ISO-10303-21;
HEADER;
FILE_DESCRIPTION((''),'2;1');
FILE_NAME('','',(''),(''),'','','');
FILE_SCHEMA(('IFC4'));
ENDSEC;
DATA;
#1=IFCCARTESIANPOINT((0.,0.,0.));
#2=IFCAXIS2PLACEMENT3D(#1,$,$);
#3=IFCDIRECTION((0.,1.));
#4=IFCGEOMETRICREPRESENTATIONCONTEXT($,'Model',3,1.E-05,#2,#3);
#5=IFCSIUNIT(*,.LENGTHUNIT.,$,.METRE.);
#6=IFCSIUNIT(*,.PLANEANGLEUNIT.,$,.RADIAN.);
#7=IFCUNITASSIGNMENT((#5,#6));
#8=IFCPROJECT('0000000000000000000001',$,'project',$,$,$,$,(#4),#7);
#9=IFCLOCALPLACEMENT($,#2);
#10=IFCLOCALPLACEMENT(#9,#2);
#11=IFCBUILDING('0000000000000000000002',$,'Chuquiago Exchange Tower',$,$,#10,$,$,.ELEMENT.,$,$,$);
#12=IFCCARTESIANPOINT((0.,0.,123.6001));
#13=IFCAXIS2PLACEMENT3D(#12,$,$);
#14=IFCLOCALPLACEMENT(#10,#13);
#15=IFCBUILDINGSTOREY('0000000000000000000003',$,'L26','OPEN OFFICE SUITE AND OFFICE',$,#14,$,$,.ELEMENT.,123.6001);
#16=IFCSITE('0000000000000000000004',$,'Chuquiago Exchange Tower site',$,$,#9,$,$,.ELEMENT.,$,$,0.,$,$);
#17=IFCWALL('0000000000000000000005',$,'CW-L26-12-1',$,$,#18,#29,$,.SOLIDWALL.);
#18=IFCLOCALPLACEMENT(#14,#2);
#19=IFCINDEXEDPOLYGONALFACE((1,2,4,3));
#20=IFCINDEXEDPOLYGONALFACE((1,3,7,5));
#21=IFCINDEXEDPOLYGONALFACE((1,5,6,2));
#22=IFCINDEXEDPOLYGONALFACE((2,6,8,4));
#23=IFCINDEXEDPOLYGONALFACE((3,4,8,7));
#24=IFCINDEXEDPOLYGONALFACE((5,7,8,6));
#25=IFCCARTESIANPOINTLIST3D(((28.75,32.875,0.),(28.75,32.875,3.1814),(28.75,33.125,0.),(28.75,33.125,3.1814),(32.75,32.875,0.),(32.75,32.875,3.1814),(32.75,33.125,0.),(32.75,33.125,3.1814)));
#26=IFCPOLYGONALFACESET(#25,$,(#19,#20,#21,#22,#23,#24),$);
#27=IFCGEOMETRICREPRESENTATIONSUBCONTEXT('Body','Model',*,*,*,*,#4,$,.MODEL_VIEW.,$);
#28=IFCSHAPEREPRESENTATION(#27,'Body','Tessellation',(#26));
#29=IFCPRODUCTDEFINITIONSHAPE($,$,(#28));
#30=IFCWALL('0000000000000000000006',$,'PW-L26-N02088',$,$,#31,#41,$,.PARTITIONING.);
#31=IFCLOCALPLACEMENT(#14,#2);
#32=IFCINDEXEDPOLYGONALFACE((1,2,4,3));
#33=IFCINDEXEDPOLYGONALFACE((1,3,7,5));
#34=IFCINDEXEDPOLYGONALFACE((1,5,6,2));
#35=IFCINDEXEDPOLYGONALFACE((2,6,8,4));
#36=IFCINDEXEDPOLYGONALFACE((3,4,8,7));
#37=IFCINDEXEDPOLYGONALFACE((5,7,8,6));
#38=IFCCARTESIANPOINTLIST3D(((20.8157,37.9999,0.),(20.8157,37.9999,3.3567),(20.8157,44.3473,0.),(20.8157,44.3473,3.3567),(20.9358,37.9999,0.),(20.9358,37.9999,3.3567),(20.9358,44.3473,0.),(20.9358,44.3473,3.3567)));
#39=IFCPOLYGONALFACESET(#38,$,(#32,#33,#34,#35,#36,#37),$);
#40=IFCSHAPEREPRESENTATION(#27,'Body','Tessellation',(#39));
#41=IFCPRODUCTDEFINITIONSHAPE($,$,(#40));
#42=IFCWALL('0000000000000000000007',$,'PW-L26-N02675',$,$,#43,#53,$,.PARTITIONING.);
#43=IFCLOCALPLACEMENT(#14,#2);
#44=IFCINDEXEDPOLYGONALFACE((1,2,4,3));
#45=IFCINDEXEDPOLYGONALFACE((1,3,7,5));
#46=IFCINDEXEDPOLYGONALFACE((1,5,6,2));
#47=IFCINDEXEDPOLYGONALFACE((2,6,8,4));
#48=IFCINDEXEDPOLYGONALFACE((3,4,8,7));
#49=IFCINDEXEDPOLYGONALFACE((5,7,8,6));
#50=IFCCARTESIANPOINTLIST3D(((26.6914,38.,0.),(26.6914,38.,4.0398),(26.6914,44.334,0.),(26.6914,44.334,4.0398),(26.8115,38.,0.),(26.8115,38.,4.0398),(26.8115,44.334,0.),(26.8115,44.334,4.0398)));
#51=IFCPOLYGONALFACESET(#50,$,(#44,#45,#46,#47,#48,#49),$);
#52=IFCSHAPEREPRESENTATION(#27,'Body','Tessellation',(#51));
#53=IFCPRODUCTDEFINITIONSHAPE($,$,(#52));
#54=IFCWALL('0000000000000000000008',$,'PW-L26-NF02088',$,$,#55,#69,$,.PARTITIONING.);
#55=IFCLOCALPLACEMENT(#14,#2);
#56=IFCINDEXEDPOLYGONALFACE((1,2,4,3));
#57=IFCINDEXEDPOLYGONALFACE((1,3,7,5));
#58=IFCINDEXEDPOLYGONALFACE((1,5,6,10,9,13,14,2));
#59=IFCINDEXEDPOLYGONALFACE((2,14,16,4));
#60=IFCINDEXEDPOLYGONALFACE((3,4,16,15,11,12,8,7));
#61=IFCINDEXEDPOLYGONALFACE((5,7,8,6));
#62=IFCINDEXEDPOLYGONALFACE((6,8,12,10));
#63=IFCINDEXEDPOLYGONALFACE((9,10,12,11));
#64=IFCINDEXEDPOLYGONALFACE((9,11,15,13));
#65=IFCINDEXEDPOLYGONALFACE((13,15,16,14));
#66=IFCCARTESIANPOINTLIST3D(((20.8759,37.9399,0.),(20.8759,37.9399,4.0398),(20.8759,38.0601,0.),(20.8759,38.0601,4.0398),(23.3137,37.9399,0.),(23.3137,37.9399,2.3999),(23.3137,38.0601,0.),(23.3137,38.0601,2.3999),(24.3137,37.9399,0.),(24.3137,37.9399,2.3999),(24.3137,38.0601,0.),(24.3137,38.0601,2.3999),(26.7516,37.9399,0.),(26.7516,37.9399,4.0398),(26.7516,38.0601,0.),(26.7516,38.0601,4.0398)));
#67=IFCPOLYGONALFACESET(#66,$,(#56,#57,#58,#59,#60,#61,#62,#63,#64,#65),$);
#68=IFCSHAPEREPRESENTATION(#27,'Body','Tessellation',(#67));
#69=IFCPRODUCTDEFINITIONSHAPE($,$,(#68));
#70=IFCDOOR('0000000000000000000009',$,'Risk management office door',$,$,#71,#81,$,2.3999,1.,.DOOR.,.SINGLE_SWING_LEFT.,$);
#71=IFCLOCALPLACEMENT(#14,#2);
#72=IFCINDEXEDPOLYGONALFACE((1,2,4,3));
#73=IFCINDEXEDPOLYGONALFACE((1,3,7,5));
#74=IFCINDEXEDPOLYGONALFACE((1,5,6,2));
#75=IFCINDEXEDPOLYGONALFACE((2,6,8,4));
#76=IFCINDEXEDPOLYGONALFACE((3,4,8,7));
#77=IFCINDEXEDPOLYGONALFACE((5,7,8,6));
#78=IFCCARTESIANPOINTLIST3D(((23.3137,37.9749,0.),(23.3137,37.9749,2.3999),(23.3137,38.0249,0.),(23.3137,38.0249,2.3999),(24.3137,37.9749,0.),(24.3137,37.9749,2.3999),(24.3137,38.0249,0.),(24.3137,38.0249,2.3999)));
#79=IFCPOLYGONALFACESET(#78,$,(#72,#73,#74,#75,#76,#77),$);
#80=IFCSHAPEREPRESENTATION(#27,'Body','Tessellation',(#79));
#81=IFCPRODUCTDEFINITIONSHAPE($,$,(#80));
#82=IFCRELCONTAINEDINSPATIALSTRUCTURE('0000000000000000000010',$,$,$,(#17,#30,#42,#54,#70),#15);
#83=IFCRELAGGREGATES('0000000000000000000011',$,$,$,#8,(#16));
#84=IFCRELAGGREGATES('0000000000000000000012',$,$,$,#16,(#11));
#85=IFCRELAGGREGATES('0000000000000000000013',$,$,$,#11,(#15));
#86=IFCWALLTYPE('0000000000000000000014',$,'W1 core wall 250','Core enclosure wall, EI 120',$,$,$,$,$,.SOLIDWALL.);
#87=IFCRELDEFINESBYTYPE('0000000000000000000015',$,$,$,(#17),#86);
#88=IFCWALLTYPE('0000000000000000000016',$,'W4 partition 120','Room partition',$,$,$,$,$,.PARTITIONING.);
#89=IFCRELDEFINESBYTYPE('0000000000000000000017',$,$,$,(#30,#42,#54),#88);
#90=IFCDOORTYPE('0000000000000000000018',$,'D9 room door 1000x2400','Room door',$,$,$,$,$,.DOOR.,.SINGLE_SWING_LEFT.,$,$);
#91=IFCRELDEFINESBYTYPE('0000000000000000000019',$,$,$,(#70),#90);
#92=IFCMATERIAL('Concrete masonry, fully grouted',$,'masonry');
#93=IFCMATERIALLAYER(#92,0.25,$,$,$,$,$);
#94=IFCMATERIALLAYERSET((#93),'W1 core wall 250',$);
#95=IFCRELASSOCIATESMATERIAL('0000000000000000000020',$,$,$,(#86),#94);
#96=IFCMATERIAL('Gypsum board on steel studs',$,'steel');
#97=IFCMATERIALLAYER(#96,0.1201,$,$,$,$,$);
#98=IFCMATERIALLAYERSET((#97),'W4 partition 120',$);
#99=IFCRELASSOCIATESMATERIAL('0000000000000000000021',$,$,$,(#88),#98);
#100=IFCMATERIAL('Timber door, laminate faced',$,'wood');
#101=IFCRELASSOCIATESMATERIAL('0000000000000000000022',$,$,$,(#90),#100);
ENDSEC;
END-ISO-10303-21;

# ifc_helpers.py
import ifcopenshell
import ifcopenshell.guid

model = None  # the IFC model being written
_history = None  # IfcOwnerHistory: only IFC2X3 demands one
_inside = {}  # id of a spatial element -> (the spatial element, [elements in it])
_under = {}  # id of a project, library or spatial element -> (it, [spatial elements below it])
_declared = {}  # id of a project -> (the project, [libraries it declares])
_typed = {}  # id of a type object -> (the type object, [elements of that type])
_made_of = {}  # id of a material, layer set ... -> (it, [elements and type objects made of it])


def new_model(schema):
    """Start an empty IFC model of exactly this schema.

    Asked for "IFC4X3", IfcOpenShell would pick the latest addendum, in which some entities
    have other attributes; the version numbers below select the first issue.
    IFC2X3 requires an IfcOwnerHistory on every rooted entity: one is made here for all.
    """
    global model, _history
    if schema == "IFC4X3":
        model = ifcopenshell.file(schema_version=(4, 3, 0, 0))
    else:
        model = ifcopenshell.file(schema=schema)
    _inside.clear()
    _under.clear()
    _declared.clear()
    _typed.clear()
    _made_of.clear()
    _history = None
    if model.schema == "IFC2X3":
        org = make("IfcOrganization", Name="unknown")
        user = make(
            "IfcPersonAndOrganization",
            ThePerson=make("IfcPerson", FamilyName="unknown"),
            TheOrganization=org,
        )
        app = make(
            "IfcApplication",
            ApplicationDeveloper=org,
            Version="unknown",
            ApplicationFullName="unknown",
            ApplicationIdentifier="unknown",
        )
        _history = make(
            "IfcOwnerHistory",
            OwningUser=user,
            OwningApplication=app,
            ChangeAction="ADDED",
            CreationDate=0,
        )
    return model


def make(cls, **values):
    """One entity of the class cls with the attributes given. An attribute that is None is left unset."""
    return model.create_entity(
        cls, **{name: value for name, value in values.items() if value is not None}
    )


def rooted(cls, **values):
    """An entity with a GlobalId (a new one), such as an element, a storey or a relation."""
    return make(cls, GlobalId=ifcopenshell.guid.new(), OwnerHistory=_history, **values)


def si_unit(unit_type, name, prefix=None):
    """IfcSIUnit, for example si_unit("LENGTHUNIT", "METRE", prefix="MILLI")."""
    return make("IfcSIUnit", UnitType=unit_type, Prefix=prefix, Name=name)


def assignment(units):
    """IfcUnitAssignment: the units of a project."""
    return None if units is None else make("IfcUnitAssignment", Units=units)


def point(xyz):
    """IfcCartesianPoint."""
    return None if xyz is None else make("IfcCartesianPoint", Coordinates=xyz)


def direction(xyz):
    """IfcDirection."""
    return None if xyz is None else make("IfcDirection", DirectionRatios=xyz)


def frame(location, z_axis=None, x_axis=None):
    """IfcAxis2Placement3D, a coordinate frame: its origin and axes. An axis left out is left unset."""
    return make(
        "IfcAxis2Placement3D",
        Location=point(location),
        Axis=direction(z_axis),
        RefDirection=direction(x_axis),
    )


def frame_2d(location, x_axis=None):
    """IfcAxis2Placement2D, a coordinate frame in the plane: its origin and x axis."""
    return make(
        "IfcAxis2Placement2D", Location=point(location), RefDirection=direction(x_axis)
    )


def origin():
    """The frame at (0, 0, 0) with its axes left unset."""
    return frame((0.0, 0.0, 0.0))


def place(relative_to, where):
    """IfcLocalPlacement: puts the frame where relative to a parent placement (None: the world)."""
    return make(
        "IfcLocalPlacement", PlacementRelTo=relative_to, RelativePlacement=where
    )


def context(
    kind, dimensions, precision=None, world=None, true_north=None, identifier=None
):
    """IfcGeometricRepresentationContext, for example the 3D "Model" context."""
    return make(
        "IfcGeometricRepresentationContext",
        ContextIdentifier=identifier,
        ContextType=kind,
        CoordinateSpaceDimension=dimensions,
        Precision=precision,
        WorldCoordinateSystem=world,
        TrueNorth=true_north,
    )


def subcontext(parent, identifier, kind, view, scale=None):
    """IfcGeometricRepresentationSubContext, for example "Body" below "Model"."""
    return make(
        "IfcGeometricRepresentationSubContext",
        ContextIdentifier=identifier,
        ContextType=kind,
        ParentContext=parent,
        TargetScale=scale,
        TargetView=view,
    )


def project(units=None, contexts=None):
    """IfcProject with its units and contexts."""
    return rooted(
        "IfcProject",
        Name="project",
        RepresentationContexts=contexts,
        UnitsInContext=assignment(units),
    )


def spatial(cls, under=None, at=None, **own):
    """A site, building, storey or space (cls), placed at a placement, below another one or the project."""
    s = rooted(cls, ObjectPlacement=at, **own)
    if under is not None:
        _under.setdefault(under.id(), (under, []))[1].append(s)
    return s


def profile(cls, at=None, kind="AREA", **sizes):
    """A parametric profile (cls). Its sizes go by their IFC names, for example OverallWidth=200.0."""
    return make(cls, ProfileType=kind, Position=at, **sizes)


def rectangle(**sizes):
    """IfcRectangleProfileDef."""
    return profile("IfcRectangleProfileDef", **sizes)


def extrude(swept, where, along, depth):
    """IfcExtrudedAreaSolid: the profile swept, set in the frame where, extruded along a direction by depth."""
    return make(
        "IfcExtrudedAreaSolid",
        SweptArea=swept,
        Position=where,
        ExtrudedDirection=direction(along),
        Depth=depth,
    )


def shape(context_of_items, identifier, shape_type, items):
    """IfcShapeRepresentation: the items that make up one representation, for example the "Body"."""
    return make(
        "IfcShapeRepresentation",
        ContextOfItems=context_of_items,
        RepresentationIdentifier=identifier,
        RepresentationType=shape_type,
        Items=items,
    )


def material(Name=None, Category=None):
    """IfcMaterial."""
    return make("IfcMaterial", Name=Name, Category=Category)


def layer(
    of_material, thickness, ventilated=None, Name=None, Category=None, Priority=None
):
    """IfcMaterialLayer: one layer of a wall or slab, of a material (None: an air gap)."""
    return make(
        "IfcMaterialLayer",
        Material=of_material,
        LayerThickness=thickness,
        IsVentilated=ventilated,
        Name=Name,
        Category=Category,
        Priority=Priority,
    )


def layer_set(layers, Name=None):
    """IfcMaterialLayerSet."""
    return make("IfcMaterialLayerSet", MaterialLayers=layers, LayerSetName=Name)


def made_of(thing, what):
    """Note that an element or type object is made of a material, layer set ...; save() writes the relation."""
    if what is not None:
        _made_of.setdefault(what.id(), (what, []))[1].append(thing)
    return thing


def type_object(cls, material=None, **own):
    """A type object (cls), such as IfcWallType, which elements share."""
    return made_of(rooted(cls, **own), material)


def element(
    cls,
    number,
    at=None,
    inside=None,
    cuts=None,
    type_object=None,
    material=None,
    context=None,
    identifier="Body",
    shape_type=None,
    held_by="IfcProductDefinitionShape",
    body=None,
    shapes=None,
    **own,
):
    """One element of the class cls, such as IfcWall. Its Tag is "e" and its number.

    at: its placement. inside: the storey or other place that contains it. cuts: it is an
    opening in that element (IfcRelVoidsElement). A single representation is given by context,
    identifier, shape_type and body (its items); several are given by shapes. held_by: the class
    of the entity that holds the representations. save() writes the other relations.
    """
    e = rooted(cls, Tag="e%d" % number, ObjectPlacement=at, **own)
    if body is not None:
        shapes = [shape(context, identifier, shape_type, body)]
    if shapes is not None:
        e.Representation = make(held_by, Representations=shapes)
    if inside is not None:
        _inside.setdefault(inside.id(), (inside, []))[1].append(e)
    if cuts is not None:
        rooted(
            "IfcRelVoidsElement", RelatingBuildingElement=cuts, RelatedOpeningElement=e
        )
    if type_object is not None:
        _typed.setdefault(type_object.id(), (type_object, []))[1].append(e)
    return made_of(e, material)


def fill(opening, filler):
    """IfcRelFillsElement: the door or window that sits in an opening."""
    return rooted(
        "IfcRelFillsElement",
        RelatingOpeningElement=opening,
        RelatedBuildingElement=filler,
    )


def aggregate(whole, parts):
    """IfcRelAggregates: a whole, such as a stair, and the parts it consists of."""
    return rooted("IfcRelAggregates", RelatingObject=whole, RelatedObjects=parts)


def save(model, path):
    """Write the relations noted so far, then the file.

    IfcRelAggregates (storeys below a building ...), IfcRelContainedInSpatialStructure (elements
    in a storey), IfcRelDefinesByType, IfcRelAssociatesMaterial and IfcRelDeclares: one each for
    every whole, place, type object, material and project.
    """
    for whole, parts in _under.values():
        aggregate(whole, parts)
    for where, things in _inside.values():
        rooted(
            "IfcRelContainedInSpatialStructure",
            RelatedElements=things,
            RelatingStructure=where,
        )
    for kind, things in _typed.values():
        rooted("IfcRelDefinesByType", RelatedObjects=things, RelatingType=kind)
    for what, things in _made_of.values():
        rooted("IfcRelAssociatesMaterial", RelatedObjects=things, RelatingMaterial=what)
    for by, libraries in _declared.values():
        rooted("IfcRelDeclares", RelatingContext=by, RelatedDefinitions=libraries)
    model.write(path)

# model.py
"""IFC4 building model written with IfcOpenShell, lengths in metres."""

from ifc_helpers import new_model, si_unit, direction, frame, frame_2d, origin, place, context, subcontext, project, spatial, rectangle, extrude, material, layer, layer_set, type_object, element, fill, save


model = new_model("IFC4")

# Units and contexts
model_context = context("Model", 3, precision=1e-05, world=origin(), true_north=direction((0.0, 1.0)))
body_context = subcontext(model_context, "Body", "Model", "MODEL_VIEW")
ifc_project = project(units=[si_unit("LENGTHUNIT", "METRE"), si_unit("PLANEANGLEUNIT", "RADIAN")], contexts=[model_context])

# Site, building, storey
site_placement = place(None, origin())
site = spatial("IfcSite", under=ifc_project, at=site_placement, Name="Chuquiago Exchange Tower site", CompositionType="ELEMENT", RefElevation=0.0)
building_placement = place(site_placement, origin())
building = spatial("IfcBuilding", under=site, at=building_placement, Name="Chuquiago Exchange Tower", CompositionType="ELEMENT")
storey_placement = place(building_placement, frame((0.0, 0.0, 123.6001)))
storey = spatial("IfcBuildingStorey", under=building, at=storey_placement, Name="L26", Description="OPEN OFFICE SUITE AND OFFICE", CompositionType="ELEMENT", Elevation=123.6001)

# Walls
ifc_material_1 = material(Name="Concrete masonry, fully grouted", Category="masonry")
ifc_layer_1 = layer(ifc_material_1, 0.25)
ifc_layer_set_1 = layer_set([ifc_layer_1], Name="W1 core wall 250")
wall_type_1 = type_object("IfcWallType", Name="W1 core wall 250", Description="Core enclosure wall, EI 120", PredefinedType="SOLIDWALL", material=ifc_layer_set_1)
wall_1_placement = place(storey_placement, frame((28.75, 33.0, 0.0), z_axis=(0.0, 0.0, 1.0), x_axis=(1.0, 0.0, 0.0)))
element("IfcWall", 1, at=wall_1_placement, inside=storey, type_object=wall_type_1, Name="CW-L26-12-1", PredefinedType="SOLIDWALL", context=body_context, shape_type="SweptSolid", body=[
    extrude(rectangle(XDim=4.0, YDim=0.25, at=frame_2d((2.0, 0.0))), origin(), (0.0, 0.0, 1.0), 3.1814),
])
ifc_material_2 = material(Name="Gypsum board on steel studs", Category="steel")
ifc_layer_2 = layer(ifc_material_2, 0.1201)
ifc_layer_set_2 = layer_set([ifc_layer_2], Name="W4 partition 120")
wall_type_2 = type_object("IfcWallType", Name="W4 partition 120", Description="Room partition", PredefinedType="PARTITIONING", material=ifc_layer_set_2)
wall_2_placement = place(storey_placement, frame((20.8757, 44.3474, 0.0), z_axis=(0.0, 0.0, 1.0), x_axis=(0.0, -1.0, 0.0)))
element("IfcWall", 2, at=wall_2_placement, inside=storey, type_object=wall_type_2, Name="PW-L26-N02088", PredefinedType="PARTITIONING", context=body_context, shape_type="SweptSolid", body=[
    extrude(rectangle(XDim=6.3474, YDim=0.1201, at=frame_2d((3.1738, 0.0))), origin(), (0.0, 0.0, 1.0), 3.3567),
])
wall_3_placement = place(storey_placement, frame((26.7515, 44.334, 0.0), z_axis=(0.0, 0.0, 1.0), x_axis=(0.0, -1.0, 0.0)))
element("IfcWall", 3, at=wall_3_placement, inside=storey, type_object=wall_type_2, Name="PW-L26-N02675", PredefinedType="PARTITIONING", context=body_context, shape_type="SweptSolid", body=[
    extrude(rectangle(XDim=6.334, YDim=0.1201, at=frame_2d((3.167, 0.0))), origin(), (0.0, 0.0, 1.0), 4.0398),
])

# Wall, opening, door
wall_4_placement = place(storey_placement, frame((20.8757, 38.0, 0.0), z_axis=(0.0, 0.0, 1.0), x_axis=(1.0, 0.0, 0.0)))
wall_4 = element("IfcWall", 4, at=wall_4_placement, inside=storey, type_object=wall_type_2, Name="PW-L26-NF02088", PredefinedType="PARTITIONING", context=body_context, shape_type="SweptSolid", body=[
    extrude(rectangle(XDim=5.8757, YDim=0.1201, at=frame_2d((2.938, 0.0))), origin(), (0.0, 0.0, 1.0), 4.0398),
])
opening_placement = place(wall_4_placement, frame((2.438, 0.0, 0.0)))
opening = element("IfcOpeningElement", 5, at=opening_placement, cuts=wall_4, PredefinedType="OPENING", context=body_context, shape_type="SweptSolid", body=[
    extrude(rectangle(XDim=1.0, YDim=2.3999, at=frame_2d((0.5, 1.2))), frame((0.0, 0.0701, 0.0), z_axis=(0.0, -1.0, 0.0), x_axis=(1.0, 0.0, 0.0)), (0.0, 0.0, 1.0), 0.1401),
])
ifc_material_3 = material(Name="Timber door, laminate faced", Category="wood")
door_type = type_object("IfcDoorType", Name="D9 room door 1000x2400", Description="Room door", OperationType="SINGLE_SWING_LEFT", PredefinedType="DOOR", material=ifc_material_3)
door_placement = place(opening_placement, origin())
door = element("IfcDoor", 6, at=door_placement, inside=storey, type_object=door_type, Name="Risk management office door", OperationType="SINGLE_SWING_LEFT", OverallHeight=2.3999, OverallWidth=1.0, PredefinedType="DOOR", context=body_context, shape_type="SweptSolid", body=[
    extrude(rectangle(XDim=1.0, YDim=2.3999, at=frame_2d((0.5, 1.2))), frame((0.0, 0.0249, 0.0), z_axis=(0.0, -1.0, 0.0), x_axis=(1.0, 0.0, 0.0)), (0.0, 0.0, 1.0), 0.05),
])
fill(opening, door)

save(model, "model.ifc")
